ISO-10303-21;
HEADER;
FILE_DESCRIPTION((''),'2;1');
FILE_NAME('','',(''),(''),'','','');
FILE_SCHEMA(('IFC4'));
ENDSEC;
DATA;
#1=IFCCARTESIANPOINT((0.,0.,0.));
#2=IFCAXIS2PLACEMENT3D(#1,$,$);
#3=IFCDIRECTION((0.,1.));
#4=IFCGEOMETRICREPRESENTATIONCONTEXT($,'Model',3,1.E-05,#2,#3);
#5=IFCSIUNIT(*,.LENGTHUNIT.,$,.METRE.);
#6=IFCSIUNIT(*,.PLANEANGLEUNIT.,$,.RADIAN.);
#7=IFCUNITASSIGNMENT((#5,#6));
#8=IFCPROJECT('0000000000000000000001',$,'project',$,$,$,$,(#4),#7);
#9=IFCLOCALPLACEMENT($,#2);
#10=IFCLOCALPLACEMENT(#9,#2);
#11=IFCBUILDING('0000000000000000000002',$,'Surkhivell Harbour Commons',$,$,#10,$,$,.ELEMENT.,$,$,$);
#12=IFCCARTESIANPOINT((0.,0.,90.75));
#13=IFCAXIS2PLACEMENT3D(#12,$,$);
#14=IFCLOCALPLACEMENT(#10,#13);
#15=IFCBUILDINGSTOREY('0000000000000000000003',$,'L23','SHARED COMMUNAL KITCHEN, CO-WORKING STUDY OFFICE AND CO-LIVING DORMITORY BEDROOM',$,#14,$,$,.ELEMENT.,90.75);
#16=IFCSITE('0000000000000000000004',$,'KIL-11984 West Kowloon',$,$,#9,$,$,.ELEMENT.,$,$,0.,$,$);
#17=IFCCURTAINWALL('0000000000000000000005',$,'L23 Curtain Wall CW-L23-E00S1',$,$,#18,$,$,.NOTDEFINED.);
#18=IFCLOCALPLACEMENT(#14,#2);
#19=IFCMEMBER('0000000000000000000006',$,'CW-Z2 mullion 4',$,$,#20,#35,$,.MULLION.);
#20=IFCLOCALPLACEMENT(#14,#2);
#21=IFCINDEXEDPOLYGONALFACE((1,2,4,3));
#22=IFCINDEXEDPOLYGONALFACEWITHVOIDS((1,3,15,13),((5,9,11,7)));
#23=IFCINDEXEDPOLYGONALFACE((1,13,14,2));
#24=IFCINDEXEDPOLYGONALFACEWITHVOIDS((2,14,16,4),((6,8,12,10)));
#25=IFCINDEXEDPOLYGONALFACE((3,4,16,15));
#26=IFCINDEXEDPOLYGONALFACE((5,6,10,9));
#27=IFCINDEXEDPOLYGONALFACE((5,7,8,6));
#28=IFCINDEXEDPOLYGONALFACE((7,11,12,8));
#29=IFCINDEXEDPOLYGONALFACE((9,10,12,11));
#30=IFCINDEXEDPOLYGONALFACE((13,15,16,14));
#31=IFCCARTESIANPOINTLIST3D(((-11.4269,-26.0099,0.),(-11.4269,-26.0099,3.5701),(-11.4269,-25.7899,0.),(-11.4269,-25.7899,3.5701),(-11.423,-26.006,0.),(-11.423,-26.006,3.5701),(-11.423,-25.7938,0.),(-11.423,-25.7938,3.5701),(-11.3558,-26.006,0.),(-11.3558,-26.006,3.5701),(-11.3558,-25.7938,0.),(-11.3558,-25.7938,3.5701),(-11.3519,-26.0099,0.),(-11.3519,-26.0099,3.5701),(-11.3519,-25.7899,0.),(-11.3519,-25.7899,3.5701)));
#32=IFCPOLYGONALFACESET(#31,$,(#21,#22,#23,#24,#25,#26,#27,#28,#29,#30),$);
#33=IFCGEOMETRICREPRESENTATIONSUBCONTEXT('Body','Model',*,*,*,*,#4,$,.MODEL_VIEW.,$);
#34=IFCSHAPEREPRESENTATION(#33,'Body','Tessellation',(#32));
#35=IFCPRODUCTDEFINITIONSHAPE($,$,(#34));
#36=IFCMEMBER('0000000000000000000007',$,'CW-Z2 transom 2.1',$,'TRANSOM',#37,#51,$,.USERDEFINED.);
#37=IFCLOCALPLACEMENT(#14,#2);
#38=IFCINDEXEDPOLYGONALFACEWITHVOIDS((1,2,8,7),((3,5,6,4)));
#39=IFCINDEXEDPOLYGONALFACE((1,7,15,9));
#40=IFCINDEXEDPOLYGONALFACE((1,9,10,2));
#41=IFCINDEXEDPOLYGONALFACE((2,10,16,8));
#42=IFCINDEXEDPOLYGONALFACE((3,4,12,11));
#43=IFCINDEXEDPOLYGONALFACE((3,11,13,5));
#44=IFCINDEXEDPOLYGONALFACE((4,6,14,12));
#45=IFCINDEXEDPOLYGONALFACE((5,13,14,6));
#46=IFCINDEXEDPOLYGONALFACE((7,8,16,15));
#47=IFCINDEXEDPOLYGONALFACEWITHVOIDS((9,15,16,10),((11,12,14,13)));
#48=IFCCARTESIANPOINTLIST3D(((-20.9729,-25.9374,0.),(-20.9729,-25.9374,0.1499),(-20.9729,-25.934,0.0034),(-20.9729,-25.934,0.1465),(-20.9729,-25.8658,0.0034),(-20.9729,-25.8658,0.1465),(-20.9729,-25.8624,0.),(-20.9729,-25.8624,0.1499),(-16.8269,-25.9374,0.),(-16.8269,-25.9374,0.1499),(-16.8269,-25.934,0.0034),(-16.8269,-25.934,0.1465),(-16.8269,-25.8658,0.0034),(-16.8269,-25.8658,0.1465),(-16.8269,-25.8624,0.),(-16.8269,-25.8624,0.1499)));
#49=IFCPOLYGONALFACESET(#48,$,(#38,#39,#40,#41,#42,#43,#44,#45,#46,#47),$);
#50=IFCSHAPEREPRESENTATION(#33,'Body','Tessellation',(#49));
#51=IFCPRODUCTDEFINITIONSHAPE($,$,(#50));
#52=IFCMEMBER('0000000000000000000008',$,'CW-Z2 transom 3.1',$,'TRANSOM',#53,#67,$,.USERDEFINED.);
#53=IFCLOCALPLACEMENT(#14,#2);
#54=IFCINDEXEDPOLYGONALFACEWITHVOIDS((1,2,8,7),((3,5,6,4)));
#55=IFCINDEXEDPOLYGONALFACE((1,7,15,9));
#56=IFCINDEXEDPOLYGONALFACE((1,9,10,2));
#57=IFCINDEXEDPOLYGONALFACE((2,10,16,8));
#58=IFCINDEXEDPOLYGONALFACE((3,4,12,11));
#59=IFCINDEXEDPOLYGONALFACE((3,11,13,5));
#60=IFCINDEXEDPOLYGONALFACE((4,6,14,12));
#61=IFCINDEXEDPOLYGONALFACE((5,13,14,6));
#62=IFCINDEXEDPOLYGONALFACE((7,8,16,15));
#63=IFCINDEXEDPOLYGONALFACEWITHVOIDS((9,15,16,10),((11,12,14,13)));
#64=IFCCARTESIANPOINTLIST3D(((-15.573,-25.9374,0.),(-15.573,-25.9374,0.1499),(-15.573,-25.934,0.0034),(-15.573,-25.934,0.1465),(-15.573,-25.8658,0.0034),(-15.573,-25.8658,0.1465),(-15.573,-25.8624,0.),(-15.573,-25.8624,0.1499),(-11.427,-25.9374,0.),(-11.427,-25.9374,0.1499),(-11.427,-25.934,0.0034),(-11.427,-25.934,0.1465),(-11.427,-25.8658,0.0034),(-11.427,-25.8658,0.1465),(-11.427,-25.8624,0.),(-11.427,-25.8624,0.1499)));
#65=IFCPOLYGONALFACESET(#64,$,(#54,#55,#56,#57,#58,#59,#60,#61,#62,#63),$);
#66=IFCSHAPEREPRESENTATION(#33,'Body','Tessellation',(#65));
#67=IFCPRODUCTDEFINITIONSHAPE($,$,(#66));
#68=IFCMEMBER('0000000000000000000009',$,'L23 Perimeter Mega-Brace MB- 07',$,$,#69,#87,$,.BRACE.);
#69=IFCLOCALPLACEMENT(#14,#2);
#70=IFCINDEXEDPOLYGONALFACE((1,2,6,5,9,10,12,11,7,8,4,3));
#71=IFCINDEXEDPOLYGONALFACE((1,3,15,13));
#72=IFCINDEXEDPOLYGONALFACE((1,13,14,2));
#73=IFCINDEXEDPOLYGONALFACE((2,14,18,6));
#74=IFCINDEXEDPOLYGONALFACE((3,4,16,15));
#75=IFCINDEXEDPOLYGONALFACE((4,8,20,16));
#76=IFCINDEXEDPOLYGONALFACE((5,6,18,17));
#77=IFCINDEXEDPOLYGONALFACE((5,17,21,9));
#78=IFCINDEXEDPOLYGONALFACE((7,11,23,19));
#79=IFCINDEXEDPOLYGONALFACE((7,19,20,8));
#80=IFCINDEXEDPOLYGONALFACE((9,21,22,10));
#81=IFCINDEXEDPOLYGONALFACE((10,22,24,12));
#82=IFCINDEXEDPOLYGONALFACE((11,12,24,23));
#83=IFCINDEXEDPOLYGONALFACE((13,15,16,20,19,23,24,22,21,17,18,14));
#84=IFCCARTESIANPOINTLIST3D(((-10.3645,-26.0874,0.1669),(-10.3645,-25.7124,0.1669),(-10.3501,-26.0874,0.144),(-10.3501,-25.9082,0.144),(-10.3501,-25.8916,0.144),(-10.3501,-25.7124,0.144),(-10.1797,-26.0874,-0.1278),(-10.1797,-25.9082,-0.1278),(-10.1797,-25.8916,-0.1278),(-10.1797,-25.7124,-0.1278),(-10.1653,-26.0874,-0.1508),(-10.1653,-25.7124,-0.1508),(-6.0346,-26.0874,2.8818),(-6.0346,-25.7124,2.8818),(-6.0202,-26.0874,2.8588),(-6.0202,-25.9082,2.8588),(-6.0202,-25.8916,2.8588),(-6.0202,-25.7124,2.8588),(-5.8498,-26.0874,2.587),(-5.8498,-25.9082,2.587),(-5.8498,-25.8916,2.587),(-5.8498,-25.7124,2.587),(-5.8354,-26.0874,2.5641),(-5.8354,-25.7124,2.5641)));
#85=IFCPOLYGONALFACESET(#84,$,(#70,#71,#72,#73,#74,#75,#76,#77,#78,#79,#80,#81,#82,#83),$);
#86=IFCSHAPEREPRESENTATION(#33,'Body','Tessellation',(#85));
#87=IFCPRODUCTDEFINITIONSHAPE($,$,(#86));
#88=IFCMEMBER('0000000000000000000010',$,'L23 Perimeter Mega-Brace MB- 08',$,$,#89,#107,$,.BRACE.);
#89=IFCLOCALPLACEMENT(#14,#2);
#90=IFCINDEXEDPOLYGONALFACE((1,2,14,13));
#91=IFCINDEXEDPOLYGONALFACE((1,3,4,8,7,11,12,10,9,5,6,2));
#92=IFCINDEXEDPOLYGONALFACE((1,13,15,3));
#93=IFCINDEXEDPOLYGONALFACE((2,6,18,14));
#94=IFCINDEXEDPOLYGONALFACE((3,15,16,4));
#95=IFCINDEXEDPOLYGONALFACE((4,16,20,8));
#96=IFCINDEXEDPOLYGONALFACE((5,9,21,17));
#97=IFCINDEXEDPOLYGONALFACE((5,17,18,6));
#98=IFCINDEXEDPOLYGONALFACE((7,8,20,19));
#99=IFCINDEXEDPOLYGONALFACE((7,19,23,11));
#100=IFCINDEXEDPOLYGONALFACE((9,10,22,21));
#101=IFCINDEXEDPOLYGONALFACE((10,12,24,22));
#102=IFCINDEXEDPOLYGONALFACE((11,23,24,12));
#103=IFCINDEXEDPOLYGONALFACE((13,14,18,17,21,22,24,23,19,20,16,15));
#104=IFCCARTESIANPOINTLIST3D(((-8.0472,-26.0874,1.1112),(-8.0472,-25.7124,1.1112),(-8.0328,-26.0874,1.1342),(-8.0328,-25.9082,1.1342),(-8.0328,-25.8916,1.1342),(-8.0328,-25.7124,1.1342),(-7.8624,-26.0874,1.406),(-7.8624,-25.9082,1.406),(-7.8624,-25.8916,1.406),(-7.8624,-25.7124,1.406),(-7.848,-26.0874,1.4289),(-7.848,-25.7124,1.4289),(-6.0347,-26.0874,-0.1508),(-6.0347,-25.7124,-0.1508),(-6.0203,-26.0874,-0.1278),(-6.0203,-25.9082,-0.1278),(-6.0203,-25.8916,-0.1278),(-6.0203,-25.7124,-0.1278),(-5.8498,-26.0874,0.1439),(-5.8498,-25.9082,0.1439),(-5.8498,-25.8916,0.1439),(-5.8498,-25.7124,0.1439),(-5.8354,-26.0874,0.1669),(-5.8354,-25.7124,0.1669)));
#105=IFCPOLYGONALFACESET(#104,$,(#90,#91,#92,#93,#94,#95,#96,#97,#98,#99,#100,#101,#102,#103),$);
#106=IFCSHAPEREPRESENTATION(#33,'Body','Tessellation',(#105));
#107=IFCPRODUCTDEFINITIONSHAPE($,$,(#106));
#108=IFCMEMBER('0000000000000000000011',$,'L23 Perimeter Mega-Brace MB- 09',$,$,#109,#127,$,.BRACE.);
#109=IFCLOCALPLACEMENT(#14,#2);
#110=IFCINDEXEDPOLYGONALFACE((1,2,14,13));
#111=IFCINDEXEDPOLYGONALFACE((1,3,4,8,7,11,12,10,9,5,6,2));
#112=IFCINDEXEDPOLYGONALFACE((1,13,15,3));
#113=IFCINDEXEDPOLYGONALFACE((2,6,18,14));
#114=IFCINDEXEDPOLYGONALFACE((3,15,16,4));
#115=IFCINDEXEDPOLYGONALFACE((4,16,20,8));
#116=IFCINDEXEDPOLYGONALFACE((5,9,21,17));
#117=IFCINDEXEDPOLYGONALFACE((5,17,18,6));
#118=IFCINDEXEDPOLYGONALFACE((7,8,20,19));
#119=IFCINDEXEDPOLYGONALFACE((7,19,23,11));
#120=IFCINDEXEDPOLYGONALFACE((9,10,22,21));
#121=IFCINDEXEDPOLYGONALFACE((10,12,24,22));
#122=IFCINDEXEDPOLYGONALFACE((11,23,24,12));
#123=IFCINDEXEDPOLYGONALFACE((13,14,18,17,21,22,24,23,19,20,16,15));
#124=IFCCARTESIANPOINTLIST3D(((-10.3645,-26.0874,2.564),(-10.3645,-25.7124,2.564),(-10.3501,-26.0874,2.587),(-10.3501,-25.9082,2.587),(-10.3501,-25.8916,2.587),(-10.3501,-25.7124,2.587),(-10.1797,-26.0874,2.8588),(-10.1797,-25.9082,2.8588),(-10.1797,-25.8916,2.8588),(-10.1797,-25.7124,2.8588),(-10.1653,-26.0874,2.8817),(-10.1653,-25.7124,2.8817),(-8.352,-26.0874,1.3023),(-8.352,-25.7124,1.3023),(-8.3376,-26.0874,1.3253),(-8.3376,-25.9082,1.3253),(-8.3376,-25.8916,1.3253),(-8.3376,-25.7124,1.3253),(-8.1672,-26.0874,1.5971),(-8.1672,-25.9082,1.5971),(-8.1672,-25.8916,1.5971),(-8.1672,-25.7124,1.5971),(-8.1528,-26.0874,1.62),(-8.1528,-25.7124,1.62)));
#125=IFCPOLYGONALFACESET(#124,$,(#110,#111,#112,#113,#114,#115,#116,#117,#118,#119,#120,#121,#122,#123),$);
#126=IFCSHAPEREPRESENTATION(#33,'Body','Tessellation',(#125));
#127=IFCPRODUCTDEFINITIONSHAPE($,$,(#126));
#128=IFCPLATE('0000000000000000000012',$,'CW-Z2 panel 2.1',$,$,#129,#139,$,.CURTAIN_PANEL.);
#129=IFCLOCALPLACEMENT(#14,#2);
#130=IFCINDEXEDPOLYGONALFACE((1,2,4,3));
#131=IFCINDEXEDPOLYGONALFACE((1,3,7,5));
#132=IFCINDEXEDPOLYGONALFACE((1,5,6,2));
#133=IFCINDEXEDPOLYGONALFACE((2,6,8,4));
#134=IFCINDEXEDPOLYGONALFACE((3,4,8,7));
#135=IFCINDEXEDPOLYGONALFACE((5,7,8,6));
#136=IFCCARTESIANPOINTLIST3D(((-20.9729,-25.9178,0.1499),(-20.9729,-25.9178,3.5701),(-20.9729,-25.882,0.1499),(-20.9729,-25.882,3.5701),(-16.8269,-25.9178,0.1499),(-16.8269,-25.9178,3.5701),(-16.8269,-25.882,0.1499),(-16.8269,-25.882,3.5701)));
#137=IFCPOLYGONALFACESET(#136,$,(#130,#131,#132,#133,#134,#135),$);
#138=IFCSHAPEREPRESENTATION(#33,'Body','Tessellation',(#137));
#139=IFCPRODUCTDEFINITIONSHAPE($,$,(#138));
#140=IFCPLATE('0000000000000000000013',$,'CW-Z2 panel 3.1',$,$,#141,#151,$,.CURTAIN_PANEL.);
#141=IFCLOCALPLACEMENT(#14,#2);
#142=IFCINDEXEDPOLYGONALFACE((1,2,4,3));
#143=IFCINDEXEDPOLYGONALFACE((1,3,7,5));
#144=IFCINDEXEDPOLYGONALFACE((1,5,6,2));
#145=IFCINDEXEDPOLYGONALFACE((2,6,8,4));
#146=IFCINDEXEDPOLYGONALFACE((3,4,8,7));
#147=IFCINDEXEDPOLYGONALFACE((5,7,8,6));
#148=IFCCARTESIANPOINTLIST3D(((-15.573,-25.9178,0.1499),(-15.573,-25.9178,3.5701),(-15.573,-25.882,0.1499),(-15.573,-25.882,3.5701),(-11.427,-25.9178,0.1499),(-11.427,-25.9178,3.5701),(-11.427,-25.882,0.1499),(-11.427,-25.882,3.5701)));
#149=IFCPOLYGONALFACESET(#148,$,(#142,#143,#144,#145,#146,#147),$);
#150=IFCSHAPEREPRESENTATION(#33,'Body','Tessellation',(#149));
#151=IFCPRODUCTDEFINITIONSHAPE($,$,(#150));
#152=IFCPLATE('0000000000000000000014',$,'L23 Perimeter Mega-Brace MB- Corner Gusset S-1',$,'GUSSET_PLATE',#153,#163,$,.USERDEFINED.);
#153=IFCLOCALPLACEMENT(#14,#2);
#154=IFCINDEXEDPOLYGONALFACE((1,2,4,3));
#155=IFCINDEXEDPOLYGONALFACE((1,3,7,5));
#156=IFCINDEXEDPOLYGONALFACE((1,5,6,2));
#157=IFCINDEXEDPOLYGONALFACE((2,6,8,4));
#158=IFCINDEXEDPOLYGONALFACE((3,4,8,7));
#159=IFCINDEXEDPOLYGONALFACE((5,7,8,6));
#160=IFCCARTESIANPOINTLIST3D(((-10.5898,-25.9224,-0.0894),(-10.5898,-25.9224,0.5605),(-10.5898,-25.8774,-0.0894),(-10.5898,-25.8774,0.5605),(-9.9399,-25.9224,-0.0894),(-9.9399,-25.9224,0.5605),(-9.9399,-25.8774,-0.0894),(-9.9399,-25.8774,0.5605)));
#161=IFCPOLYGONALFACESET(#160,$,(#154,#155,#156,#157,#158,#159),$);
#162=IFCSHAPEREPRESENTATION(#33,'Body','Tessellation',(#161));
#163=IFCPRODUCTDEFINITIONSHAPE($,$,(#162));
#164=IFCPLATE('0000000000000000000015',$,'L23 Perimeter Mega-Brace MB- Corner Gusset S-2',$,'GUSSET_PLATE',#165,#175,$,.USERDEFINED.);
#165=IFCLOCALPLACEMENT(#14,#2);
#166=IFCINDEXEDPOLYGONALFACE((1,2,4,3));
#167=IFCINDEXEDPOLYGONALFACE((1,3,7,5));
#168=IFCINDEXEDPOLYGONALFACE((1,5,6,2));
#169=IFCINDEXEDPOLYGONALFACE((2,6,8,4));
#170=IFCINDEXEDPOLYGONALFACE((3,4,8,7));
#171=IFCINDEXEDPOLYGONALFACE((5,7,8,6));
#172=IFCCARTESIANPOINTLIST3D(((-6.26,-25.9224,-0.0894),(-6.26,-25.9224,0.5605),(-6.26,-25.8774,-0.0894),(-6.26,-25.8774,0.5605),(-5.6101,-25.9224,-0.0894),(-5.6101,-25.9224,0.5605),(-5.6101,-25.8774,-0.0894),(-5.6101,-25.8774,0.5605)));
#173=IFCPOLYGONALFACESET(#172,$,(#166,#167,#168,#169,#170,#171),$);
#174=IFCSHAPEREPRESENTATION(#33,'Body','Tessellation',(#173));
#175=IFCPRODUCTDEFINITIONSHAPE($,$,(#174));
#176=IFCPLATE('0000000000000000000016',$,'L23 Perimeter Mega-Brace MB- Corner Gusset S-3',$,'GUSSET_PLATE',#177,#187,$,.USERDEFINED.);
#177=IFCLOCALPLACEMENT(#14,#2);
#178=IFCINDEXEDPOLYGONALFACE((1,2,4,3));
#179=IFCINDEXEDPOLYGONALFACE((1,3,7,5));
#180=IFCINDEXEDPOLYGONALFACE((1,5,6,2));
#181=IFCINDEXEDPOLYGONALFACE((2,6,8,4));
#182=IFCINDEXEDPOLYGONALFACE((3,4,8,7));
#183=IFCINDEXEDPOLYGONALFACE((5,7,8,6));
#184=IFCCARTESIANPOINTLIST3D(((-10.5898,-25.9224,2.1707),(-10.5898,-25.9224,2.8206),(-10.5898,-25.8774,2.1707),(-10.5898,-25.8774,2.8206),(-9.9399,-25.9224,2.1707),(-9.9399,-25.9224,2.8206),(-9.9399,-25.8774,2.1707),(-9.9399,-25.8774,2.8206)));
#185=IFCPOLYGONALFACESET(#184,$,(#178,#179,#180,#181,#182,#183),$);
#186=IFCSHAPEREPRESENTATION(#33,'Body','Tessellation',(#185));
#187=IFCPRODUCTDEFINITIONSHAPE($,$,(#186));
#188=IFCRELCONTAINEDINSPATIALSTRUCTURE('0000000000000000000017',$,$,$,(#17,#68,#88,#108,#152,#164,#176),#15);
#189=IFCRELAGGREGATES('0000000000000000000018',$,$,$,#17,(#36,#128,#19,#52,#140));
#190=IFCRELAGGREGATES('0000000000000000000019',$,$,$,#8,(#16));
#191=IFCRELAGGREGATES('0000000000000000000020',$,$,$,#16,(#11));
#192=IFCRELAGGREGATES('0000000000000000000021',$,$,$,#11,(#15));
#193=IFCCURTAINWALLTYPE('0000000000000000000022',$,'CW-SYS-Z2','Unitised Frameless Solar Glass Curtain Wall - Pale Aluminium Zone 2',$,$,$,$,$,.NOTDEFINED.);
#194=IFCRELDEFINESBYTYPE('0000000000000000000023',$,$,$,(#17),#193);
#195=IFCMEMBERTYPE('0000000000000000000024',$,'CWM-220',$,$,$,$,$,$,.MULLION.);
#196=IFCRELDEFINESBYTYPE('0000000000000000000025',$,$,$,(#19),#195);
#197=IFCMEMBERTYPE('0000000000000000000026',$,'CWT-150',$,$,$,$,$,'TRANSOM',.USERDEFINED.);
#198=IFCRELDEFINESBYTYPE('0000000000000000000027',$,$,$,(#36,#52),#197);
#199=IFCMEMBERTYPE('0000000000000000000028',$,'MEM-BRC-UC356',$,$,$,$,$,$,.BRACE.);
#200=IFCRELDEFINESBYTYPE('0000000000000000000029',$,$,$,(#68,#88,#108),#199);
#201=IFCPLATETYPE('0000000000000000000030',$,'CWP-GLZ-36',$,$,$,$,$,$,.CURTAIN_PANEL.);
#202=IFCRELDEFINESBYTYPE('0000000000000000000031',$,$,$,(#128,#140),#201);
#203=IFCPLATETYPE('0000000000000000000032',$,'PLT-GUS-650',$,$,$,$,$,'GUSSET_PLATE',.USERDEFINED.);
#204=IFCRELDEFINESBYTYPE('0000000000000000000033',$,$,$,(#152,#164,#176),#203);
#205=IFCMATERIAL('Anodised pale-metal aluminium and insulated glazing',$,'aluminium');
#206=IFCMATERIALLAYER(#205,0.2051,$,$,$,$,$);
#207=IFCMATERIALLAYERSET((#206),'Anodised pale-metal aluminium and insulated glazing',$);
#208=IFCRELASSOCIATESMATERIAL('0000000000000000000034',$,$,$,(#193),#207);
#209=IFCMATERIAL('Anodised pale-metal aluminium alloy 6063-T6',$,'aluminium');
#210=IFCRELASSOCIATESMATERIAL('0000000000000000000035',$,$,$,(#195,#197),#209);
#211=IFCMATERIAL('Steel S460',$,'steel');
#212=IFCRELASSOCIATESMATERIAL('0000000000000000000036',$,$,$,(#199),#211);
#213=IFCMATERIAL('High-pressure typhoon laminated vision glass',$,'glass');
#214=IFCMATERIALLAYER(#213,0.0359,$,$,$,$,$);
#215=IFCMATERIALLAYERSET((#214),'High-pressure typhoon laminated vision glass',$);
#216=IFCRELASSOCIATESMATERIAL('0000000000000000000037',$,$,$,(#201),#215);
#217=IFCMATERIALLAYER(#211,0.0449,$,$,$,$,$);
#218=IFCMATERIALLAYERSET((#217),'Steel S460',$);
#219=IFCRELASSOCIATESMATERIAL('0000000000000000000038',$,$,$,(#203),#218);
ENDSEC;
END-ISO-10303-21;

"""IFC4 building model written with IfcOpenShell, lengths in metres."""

from ifc_helpers import new_model, si_unit, direction, frame, frame_2d, origin, origin_2d, place, context, subcontext, project, spatial, rectangle, hollow_rectangle, i_section, extrude, material, layer, layer_set, material_profile, profile_set, type_object, element, aggregate, save


model = new_model("IFC4")

# Units and contexts
model_context = context("Model", 3, precision=1e-05, world=origin(), true_north=direction((0.0, 1.0)))
body_context = subcontext(model_context, "Body", "Model", "MODEL_VIEW")
ifc_project = project(units=[si_unit("LENGTHUNIT", "METRE"), si_unit("PLANEANGLEUNIT", "RADIAN")], contexts=[model_context])

# Site, building, storey
site_placement = place(None, origin())
site = spatial("IfcSite", under=ifc_project, at=site_placement, Name="KIL-11984 West Kowloon", CompositionType="ELEMENT", RefElevation=0.0)
building_placement = place(site_placement, origin())
building = spatial("IfcBuilding", under=site, at=building_placement, Name="Surkhivell Harbour Commons", CompositionType="ELEMENT")
storey_placement = place(building_placement, frame((0.0, 0.0, 90.75)))
storey = spatial("IfcBuildingStorey", under=building, at=storey_placement, Name="L23", Description="SHARED COMMUNAL KITCHEN, CO-WORKING STUDY OFFICE AND CO-LIVING DORMITORY BEDROOM", CompositionType="ELEMENT", Elevation=90.75)

# Shared definitions
ifc_material_1 = material(Name="Steel S460", Category="steel")

# Curtain wall, members
ifc_material_2 = material(Name="Anodised pale-metal aluminium and insulated glazing", Category="aluminium")
ifc_layer_1 = layer(ifc_material_2, 0.2051)
ifc_layer_set_1 = layer_set([ifc_layer_1], Name="Anodised pale-metal aluminium and insulated glazing")
curtain_wall_type = type_object("IfcCurtainWallType", Name="CW-SYS-Z2", Description="Unitised Frameless Solar Glass Curtain Wall - Pale Aluminium Zone 2", PredefinedType="NOTDEFINED", material=ifc_layer_set_1)
curtain_wall_placement = place(storey_placement, origin())
curtain_wall = element("IfcCurtainWall", 1, at=curtain_wall_placement, inside=storey, type_object=curtain_wall_type, Name="L23 Curtain Wall CW-L23-E00S1", PredefinedType="NOTDEFINED")
ifc_material_3 = material(Name="Anodised pale-metal aluminium alloy 6063-T6", Category="aluminium")
ifc_material_profile_1 = material_profile(ifc_material_3, hollow_rectangle(XDim=0.075, YDim=0.22, WallThickness=0.0039, at=origin_2d()), Name="ALU-MULL-75x220")
ifc_profile_set_1 = profile_set([ifc_material_profile_1], Name="Anodised pale-metal aluminium alloy 6063-T6")
member_type_1 = type_object("IfcMemberType", Name="CWM-220", PredefinedType="MULLION", material=ifc_profile_set_1)
member_1_placement = place(storey_placement, frame((-11.3894, -25.8999, 0.0), z_axis=(0.0, 0.0, 1.0), x_axis=(1.0, 0.0, 0.0)))
member_1 = element("IfcMember", 2, at=member_1_placement, type_object=member_type_1, Name="CW-Z2 mullion 4", PredefinedType="MULLION", context=body_context, shape_type="SweptSolid", body=[
    extrude(hollow_rectangle(XDim=0.075, YDim=0.22, WallThickness=0.0039, at=origin_2d()), origin(), (0.0, 0.0, 1.0), 3.5701),
])
ifc_material_profile_2 = material_profile(ifc_material_3, hollow_rectangle(XDim=0.075, YDim=0.1499, WallThickness=0.0034, at=origin_2d()), Name="ALU-TRAN-75x150")
ifc_profile_set_2 = profile_set([ifc_material_profile_2], Name="Anodised pale-metal aluminium alloy 6063-T6")
member_type_2 = type_object("IfcMemberType", Name="CWT-150", ElementType="TRANSOM", PredefinedType="USERDEFINED", material=ifc_profile_set_2)
member_2_placement = place(storey_placement, frame((-20.9729, -25.8999, 0.075), z_axis=(1.0, 0.0, 0.0), x_axis=(0.0, 1.0, 0.0)))
member_2 = element("IfcMember", 3, at=member_2_placement, type_object=member_type_2, Name="CW-Z2 transom 2.1", ObjectType="TRANSOM", PredefinedType="USERDEFINED", context=body_context, shape_type="SweptSolid", body=[
    extrude(hollow_rectangle(XDim=0.075, YDim=0.1499, WallThickness=0.0034, at=origin_2d()), origin(), (0.0, 0.0, 1.0), 4.146),
])
member_3_placement = place(storey_placement, frame((-15.573, -25.8999, 0.075), z_axis=(1.0, 0.0, 0.0), x_axis=(0.0, 1.0, 0.0)))
member_3 = element("IfcMember", 4, at=member_3_placement, type_object=member_type_2, Name="CW-Z2 transom 3.1", ObjectType="TRANSOM", PredefinedType="USERDEFINED", context=body_context, shape_type="SweptSolid", body=[
    extrude(hollow_rectangle(XDim=0.075, YDim=0.1499, WallThickness=0.0034, at=origin_2d()), origin(), (0.0, 0.0, 1.0), 4.146),
])

# Members
ifc_material_profile_3 = material_profile(ifc_material_1, i_section(OverallWidth=0.375, OverallDepth=0.375, WebThickness=0.0166, FlangeThickness=0.0271, at=origin_2d()), Name="UC356x368x202")
ifc_profile_set_3 = profile_set([ifc_material_profile_3], Name="Steel S460")
member_type_3 = type_object("IfcMemberType", Name="MEM-BRC-UC356", PredefinedType="BRACE", material=ifc_profile_set_3)
member_4_placement = place(storey_placement, frame((-10.2649, -25.8999, 0.0081), z_axis=(0.847233, 0.0, 0.531222), x_axis=(0.0, 1.0, 0.0)))
element("IfcMember", 5, at=member_4_placement, inside=storey, type_object=member_type_3, Name="L23 Perimeter Mega-Brace MB- 07", PredefinedType="BRACE", context=body_context, shape_type="SweptSolid", body=[
    extrude(i_section(OverallWidth=0.375, OverallDepth=0.375, WebThickness=0.0166, FlangeThickness=0.0271, at=origin_2d()), origin(), (0.0, 0.0, 1.0), 5.1106),
])
member_5_placement = place(storey_placement, frame((-5.9351, -25.8999, 0.0081), z_axis=(-0.847206, 0.0, 0.531264), x_axis=(0.0, -1.0, 0.0)))
element("IfcMember", 6, at=member_5_placement, inside=storey, type_object=member_type_3, Name="L23 Perimeter Mega-Brace MB- 08", PredefinedType="BRACE", context=body_context, shape_type="SweptSolid", body=[
    extrude(i_section(OverallWidth=0.375, OverallDepth=0.375, WebThickness=0.0166, FlangeThickness=0.0271, at=origin_2d()), origin(), (0.0, 0.0, 1.0), 2.3755),
])
member_6_placement = place(storey_placement, frame((-8.2524, -25.8999, 1.4612), z_axis=(-0.847253, 0.0, 0.53119), x_axis=(0.0, -1.0, 0.0)))
element("IfcMember", 7, at=member_6_placement, inside=storey, type_object=member_type_3, Name="L23 Perimeter Mega-Brace MB- 09", PredefinedType="BRACE", context=body_context, shape_type="SweptSolid", body=[
    extrude(i_section(OverallWidth=0.375, OverallDepth=0.375, WebThickness=0.0166, FlangeThickness=0.0271, at=origin_2d()), origin(), (0.0, 0.0, 1.0), 2.3752),
])

# Plates
ifc_material_4 = material(Name="High-pressure typhoon laminated vision glass", Category="glass")
ifc_layer_2 = layer(ifc_material_4, 0.0359)
ifc_layer_set_2 = layer_set([ifc_layer_2], Name="High-pressure typhoon laminated vision glass")
plate_type_1 = type_object("IfcPlateType", Name="CWP-GLZ-36", PredefinedType="CURTAIN_PANEL", material=ifc_layer_set_2)
plate_1_placement = place(storey_placement, frame((-20.9729, -25.8999, 0.1499), z_axis=(0.0, 0.0, 1.0), x_axis=(1.0, 0.0, 0.0)))
plate_1 = element("IfcPlate", 8, at=plate_1_placement, type_object=plate_type_1, Name="CW-Z2 panel 2.1", PredefinedType="CURTAIN_PANEL", context=body_context, shape_type="SweptSolid", body=[
    extrude(rectangle(XDim=4.146, YDim=0.0359, at=frame_2d((2.073, 0.0))), origin(), (0.0, 0.0, 1.0), 3.4202),
])
plate_2_placement = place(storey_placement, frame((-15.573, -25.8999, 0.1499), z_axis=(0.0, 0.0, 1.0), x_axis=(1.0, 0.0, 0.0)))
plate_2 = element("IfcPlate", 9, at=plate_2_placement, type_object=plate_type_1, Name="CW-Z2 panel 3.1", PredefinedType="CURTAIN_PANEL", context=body_context, shape_type="SweptSolid", body=[
    extrude(rectangle(XDim=4.146, YDim=0.0359, at=frame_2d((2.073, 0.0))), origin(), (0.0, 0.0, 1.0), 3.4202),
])
aggregate(curtain_wall, [member_2, plate_1, member_1, member_3, plate_2])

# Plates
ifc_layer_3 = layer(ifc_material_1, 0.0449)
ifc_layer_set_3 = layer_set([ifc_layer_3], Name="Steel S460")
plate_type_2 = type_object("IfcPlateType", Name="PLT-GUS-650", ElementType="GUSSET_PLATE", PredefinedType="USERDEFINED", material=ifc_layer_set_3)
for number, where, z_axis, x_axis, name in (
    (10, (-10.2649, -25.8999, -0.0894), (0.0, 0.0, 1.0), (1.0, 0.0, 0.0), "L23 Perimeter Mega-Brace MB- Corner Gusset S-1"),
    (11, (-5.9351, -25.8999, -0.0894), (0.0, 0.0, 1.0), (1.0, 0.0, 0.0), "L23 Perimeter Mega-Brace MB- Corner Gusset S-2"),
    (12, (-10.2649, -25.8999, 2.1707), (0.0, 0.0, 1.0), (1.0, 0.0, 0.0), "L23 Perimeter Mega-Brace MB- Corner Gusset S-3"),
):
    element("IfcPlate", number, at=place(storey_placement, frame(where, z_axis=z_axis, x_axis=x_axis)), inside=storey, type_object=plate_type_2, Name=name, ObjectType="GUSSET_PLATE", PredefinedType="USERDEFINED", context=body_context, shape_type="SweptSolid", body=[
        extrude(rectangle(XDim=0.6499, YDim=0.0449, at=origin_2d()), origin(), (0.0, 0.0, 1.0), 0.6499),
    ])

save(model, "model.ifc")
